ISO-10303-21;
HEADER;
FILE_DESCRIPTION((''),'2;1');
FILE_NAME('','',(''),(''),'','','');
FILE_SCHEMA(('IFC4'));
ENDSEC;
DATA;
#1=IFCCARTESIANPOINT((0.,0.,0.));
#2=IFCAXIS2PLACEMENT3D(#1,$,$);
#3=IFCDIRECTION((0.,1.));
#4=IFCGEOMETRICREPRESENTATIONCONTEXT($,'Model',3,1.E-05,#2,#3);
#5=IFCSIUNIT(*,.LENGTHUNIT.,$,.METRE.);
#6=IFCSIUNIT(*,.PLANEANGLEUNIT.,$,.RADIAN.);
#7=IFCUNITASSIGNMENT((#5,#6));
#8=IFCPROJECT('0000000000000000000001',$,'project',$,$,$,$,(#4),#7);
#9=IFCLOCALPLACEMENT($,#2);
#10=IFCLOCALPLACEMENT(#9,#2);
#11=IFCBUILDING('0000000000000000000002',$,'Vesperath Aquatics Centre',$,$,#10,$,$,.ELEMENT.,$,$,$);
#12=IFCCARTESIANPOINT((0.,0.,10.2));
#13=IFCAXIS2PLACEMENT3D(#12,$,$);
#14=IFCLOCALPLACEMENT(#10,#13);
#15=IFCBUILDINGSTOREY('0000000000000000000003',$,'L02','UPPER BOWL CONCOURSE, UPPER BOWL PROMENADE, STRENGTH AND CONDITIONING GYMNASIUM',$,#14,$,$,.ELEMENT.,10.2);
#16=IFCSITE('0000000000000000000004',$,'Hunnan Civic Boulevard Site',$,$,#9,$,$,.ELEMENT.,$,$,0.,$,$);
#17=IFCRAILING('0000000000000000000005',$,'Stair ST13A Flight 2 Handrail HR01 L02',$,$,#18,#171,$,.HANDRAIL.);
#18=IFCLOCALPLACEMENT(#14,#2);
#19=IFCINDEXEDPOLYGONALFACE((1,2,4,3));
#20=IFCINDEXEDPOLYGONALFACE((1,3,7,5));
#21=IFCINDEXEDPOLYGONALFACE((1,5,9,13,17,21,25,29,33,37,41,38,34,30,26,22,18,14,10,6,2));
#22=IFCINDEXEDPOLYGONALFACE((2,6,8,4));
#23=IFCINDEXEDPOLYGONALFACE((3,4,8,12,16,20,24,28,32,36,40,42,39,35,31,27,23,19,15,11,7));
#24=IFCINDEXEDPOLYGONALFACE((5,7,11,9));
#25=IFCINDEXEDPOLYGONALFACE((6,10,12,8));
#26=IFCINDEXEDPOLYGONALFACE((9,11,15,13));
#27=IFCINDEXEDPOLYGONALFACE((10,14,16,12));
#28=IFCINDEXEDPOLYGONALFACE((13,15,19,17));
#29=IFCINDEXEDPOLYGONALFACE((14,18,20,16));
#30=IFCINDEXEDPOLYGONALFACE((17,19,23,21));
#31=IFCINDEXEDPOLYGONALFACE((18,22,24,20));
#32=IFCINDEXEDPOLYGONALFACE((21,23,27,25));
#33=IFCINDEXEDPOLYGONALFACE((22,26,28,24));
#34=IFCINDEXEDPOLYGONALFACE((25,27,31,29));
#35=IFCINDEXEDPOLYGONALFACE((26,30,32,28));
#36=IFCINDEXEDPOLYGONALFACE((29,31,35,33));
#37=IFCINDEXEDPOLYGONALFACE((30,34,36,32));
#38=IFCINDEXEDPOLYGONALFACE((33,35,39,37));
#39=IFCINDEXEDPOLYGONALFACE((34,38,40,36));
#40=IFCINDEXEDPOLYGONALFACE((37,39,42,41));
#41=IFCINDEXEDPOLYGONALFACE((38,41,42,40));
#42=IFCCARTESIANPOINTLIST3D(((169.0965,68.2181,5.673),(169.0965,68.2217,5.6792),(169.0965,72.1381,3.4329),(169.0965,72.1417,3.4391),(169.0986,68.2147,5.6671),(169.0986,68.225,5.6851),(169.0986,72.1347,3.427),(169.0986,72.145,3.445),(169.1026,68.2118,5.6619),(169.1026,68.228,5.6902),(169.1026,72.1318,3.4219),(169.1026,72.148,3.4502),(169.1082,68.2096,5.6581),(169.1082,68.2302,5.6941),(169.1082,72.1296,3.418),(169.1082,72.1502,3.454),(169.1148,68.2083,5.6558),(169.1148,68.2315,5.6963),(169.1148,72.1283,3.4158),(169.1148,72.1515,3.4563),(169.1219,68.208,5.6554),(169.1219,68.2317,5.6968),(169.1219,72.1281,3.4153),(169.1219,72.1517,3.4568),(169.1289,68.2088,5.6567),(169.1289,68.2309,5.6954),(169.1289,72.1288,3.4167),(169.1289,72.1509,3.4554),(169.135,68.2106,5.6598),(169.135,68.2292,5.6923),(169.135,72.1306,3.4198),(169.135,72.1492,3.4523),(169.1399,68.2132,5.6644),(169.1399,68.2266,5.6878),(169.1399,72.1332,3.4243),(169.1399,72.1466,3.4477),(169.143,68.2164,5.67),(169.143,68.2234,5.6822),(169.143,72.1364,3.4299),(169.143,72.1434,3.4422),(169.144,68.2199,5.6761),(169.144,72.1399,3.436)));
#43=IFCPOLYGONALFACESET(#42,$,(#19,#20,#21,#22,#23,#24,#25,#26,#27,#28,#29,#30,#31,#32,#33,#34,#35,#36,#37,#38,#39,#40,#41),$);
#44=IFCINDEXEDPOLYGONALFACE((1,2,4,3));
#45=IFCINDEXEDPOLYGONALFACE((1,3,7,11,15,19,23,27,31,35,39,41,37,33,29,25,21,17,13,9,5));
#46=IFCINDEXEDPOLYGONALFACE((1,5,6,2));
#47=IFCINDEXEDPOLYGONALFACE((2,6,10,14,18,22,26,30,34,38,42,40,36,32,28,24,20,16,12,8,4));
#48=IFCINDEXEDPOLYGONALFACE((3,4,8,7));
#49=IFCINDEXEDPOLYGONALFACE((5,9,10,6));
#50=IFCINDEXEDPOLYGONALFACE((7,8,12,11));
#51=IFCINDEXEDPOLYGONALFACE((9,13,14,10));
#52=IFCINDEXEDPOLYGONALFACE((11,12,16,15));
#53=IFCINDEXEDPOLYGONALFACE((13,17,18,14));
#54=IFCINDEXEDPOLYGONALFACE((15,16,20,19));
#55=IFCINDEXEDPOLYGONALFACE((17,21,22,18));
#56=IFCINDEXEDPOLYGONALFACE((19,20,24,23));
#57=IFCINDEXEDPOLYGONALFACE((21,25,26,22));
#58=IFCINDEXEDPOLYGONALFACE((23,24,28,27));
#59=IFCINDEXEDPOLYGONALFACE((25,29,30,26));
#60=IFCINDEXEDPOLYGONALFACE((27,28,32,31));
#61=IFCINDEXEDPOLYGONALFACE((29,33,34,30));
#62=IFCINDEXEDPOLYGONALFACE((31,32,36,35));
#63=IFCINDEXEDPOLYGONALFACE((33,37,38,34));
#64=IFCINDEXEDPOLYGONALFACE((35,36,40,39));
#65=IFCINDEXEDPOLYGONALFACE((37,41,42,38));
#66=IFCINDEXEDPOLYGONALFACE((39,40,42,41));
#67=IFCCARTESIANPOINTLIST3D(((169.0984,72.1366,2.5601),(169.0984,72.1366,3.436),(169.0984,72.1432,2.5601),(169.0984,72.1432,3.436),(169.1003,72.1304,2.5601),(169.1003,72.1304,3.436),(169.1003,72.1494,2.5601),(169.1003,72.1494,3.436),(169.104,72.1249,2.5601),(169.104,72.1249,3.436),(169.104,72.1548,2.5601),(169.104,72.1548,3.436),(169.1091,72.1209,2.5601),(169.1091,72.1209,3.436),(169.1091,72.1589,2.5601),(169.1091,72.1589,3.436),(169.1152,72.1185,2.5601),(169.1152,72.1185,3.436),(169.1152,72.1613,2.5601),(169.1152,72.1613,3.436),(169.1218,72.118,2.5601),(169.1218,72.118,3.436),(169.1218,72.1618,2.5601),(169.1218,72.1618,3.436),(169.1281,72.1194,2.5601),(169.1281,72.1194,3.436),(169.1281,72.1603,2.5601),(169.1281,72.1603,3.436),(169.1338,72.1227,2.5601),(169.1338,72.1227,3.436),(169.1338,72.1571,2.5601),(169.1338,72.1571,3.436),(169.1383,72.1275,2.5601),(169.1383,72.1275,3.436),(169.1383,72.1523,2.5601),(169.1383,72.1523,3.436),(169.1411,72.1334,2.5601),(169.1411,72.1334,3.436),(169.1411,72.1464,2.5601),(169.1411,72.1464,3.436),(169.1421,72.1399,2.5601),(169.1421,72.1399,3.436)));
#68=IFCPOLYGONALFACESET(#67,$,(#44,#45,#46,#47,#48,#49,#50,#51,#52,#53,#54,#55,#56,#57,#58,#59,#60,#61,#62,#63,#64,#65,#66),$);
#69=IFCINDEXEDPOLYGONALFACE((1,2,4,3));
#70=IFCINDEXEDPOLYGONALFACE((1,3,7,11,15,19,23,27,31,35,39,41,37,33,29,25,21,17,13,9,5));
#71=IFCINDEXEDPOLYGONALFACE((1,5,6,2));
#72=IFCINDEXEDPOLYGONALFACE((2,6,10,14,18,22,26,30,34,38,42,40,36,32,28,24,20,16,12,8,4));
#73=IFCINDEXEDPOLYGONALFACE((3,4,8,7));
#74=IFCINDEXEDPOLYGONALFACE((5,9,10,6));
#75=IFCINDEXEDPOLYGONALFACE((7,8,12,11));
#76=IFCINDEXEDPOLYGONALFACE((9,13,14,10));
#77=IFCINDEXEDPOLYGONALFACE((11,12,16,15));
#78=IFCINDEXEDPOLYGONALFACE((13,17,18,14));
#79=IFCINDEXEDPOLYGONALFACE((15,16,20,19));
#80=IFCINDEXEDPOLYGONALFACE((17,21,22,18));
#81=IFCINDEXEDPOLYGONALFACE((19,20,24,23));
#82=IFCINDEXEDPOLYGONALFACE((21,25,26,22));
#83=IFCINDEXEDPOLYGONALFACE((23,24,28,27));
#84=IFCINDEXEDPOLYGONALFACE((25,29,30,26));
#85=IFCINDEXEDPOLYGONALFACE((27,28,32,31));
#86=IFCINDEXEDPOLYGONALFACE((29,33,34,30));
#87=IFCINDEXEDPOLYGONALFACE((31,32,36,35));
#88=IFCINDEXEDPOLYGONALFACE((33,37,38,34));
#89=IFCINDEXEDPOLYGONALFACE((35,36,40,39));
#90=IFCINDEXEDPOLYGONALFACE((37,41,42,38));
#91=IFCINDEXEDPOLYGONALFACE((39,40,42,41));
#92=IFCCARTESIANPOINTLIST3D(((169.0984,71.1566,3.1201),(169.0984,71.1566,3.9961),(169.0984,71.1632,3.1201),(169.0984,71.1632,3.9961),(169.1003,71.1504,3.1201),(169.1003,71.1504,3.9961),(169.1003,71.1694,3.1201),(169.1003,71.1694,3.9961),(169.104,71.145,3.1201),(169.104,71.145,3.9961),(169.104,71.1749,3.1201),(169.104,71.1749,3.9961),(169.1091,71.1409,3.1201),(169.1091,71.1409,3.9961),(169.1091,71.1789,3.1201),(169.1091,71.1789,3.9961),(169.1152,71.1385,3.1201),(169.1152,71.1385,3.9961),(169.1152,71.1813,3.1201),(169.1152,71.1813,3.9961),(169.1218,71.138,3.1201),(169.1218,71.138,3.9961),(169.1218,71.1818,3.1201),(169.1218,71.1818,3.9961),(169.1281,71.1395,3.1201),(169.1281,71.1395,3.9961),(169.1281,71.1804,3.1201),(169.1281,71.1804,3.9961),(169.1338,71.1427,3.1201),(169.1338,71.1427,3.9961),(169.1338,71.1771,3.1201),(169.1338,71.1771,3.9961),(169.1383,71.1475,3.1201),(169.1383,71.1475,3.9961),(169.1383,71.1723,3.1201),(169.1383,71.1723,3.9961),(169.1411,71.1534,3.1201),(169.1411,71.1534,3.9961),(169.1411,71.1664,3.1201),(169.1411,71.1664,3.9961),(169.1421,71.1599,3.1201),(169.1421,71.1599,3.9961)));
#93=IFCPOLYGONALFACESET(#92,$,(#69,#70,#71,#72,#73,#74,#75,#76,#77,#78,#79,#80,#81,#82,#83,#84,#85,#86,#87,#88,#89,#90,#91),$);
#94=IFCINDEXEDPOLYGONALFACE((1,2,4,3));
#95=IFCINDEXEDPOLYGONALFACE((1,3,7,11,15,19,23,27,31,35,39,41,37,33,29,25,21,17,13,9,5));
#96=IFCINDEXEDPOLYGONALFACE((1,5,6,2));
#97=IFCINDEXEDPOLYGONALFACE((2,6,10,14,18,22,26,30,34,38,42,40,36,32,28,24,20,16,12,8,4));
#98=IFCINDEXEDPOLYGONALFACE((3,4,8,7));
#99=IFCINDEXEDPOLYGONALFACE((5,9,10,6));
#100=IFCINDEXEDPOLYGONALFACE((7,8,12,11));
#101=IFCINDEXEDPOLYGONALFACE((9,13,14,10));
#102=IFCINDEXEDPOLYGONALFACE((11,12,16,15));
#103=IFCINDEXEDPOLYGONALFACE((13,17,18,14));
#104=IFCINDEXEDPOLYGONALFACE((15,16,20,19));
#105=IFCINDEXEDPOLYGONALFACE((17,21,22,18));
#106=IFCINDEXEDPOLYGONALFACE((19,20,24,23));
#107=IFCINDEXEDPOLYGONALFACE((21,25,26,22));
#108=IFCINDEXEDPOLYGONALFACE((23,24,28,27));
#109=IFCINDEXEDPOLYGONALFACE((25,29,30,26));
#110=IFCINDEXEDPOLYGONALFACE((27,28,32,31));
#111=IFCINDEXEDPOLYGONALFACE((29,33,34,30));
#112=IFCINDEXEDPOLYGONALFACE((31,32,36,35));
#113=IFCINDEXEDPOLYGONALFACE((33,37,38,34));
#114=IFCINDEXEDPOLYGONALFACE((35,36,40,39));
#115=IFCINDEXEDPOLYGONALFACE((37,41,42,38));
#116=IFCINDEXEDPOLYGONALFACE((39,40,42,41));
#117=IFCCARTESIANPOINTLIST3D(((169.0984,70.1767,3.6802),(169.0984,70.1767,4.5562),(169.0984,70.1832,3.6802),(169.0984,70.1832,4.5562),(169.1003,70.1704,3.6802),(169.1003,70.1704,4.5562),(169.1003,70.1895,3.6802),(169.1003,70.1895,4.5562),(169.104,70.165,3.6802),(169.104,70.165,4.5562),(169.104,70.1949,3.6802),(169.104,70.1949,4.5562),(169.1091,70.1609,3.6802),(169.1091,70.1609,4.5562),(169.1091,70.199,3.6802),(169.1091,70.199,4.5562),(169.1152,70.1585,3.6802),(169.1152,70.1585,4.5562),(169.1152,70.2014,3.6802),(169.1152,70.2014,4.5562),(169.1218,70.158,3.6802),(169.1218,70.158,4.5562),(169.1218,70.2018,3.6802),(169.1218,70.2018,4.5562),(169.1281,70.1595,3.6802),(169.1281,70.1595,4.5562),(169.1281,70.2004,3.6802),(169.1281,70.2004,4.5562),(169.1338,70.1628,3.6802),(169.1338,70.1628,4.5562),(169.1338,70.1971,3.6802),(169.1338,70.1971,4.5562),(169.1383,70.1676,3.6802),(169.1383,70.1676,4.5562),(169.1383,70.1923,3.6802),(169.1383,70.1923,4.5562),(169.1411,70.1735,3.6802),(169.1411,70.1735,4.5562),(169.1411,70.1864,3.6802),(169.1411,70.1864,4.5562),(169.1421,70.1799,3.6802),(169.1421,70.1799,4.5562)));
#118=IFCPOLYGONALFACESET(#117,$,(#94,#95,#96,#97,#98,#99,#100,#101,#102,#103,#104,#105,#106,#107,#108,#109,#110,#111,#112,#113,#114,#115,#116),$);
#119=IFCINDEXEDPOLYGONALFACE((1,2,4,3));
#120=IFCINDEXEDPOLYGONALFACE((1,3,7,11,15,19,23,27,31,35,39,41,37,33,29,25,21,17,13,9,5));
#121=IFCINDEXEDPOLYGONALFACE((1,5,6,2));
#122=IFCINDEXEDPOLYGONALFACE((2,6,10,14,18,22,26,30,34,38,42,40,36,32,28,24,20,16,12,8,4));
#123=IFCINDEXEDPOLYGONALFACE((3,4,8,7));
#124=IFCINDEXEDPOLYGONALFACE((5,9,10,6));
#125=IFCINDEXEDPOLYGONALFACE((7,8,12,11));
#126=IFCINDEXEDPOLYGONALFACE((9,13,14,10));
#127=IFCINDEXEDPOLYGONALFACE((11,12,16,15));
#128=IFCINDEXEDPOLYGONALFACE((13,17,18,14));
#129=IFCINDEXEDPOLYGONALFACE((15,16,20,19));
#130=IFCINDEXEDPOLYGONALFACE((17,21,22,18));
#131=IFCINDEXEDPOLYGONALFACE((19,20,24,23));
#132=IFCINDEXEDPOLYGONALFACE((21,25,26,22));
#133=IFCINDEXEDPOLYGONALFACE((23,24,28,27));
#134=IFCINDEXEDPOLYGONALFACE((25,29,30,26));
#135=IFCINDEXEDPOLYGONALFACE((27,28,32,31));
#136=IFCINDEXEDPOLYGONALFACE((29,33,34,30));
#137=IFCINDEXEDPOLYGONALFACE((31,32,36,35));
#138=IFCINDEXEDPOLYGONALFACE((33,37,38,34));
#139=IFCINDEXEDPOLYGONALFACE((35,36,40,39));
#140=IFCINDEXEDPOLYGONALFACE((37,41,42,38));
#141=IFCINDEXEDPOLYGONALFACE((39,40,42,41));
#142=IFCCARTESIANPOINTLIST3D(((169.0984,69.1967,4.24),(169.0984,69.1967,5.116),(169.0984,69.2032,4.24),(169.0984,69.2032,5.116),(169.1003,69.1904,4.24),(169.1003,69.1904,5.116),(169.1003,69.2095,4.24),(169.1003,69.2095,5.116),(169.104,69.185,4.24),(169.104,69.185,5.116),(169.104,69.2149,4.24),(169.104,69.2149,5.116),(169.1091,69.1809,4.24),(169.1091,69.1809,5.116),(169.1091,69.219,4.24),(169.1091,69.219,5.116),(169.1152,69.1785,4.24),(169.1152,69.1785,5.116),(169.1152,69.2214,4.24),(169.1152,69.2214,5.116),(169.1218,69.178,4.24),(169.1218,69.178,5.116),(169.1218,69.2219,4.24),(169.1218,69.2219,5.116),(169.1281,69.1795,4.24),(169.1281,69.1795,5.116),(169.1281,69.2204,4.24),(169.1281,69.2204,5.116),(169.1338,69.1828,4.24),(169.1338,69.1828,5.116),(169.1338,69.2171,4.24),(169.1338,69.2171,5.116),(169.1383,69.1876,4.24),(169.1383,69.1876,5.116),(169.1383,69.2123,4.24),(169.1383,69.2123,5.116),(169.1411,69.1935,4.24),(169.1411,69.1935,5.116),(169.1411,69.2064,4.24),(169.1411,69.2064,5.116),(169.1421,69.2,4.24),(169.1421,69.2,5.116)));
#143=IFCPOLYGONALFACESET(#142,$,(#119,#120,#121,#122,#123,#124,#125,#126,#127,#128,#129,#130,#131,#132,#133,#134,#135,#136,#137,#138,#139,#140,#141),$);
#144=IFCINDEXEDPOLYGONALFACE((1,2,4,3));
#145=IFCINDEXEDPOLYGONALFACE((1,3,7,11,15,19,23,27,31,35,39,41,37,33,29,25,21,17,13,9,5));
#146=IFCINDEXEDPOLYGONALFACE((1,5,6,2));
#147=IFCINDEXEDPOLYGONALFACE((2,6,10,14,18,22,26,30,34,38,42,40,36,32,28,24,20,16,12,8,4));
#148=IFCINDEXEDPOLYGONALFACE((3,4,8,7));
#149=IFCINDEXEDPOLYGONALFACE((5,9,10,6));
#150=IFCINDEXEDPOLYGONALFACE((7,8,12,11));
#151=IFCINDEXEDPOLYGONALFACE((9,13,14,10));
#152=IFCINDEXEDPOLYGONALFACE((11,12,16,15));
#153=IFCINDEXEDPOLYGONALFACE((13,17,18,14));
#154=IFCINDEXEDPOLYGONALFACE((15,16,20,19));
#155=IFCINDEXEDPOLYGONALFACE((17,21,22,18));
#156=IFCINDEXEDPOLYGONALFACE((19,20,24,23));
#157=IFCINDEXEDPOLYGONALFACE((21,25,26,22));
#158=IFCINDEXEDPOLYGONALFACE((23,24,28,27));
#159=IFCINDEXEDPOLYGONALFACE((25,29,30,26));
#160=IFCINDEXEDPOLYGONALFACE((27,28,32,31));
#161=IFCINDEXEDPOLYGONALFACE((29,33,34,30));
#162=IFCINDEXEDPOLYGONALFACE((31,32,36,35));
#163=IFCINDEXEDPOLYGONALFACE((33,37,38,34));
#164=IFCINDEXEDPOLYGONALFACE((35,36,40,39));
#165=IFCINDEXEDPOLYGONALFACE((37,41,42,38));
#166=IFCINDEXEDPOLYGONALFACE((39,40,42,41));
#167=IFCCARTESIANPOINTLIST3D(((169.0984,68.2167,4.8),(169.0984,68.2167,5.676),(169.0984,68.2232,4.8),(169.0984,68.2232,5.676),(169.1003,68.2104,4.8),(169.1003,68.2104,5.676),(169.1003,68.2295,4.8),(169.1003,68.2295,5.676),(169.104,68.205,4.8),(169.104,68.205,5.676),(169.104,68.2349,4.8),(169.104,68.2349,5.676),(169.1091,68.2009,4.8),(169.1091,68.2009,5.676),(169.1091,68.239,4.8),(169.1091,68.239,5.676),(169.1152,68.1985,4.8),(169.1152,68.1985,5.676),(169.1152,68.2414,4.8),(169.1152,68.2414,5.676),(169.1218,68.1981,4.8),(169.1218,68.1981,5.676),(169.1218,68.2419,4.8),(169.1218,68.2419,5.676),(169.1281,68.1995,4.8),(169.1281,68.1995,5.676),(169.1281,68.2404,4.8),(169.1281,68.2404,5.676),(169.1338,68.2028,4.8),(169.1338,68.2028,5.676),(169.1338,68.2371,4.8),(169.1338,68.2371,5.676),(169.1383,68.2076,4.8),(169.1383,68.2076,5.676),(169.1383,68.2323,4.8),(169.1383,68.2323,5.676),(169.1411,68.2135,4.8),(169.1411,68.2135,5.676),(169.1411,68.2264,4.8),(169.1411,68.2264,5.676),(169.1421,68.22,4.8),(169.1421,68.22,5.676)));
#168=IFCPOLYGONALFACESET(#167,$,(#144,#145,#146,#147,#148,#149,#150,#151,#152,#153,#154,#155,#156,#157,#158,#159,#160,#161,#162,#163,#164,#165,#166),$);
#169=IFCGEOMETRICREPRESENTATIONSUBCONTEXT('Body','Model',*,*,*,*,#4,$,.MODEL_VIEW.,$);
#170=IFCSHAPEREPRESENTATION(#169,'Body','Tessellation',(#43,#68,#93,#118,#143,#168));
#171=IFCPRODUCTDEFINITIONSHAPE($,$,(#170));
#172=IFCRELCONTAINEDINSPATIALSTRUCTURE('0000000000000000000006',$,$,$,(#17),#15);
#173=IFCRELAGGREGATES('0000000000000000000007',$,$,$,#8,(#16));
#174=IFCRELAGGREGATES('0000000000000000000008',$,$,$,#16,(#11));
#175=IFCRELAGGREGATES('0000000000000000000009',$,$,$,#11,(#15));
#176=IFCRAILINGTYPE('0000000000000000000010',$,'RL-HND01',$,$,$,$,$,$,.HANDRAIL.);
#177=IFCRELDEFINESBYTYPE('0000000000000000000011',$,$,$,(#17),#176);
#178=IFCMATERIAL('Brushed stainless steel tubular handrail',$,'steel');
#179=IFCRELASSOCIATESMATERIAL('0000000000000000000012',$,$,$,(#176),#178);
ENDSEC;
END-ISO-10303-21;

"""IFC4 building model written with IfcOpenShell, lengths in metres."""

from ifc_helpers import new_model, si_unit, direction, frame, origin, origin_2d, place, context, subcontext, project, spatial, circle, extrude, material, type_object, element, save


model = new_model("IFC4")

# Units and contexts
model_context = context("Model", 3, precision=1e-05, world=origin(), true_north=direction((0.0, 1.0)))
body_context = subcontext(model_context, "Body", "Model", "MODEL_VIEW")
ifc_project = project(units=[si_unit("LENGTHUNIT", "METRE"), si_unit("PLANEANGLEUNIT", "RADIAN")], contexts=[model_context])

# Site, building, storey
site_placement = place(None, origin())
site = spatial("IfcSite", under=ifc_project, at=site_placement, Name="Hunnan Civic Boulevard Site", CompositionType="ELEMENT", RefElevation=0.0)
building_placement = place(site_placement, origin())
building = spatial("IfcBuilding", under=site, at=building_placement, Name="Vesperath Aquatics Centre", CompositionType="ELEMENT")
storey_placement = place(building_placement, frame((0.0, 0.0, 10.2)))
storey = spatial("IfcBuildingStorey", under=building, at=storey_placement, Name="L02", Description="UPPER BOWL CONCOURSE, UPPER BOWL PROMENADE, STRENGTH AND CONDITIONING GYMNASIUM", CompositionType="ELEMENT", Elevation=10.2)

# Railing
ifc_material_1 = material(Name="Brushed stainless steel tubular handrail", Category="steel")
railing_type_1 = type_object("IfcRailingType", Name="RL-HND01", PredefinedType="HANDRAIL", material=ifc_material_1)
railing_1_placement = place(storey_placement, frame((169.1201, 72.1399, 2.5601)))
element("IfcRailing", 1, at=railing_1_placement, inside=storey, type_object=railing_type_1, Name="Stair ST13A Flight 2 Handrail HR01 L02", PredefinedType="HANDRAIL", context=body_context, shape_type="SweptSolid", body=[
    extrude(circle(Radius=0.0239, at=origin_2d()), frame((0.0, 0.0, 0.876), z_axis=(0.0, -0.86824, 0.496145), x_axis=(1.0, 0.0, 0.0)), (0.0, 0.0, 1.0), 4.5149),
    extrude(circle(Radius=0.022, at=origin_2d()), origin(), (0.0, 0.0, 1.0), 0.876),
    extrude(circle(Radius=0.022, at=origin_2d()), frame((0.0, -0.98, 0.5601)), (0.0, 0.0, 1.0), 0.876),
    extrude(circle(Radius=0.022, at=origin_2d()), frame((0.0, -1.96, 1.1201)), (0.0, 0.0, 1.0), 0.876),
    extrude(circle(Radius=0.022, at=origin_2d()), frame((0.0, -2.9399, 1.6799)), (0.0, 0.0, 1.0), 0.876),
    extrude(circle(Radius=0.022, at=origin_2d()), frame((0.0, -3.9199, 2.24)), (0.0, 0.0, 1.0), 0.876),
])

save(model, "model.ifc")
